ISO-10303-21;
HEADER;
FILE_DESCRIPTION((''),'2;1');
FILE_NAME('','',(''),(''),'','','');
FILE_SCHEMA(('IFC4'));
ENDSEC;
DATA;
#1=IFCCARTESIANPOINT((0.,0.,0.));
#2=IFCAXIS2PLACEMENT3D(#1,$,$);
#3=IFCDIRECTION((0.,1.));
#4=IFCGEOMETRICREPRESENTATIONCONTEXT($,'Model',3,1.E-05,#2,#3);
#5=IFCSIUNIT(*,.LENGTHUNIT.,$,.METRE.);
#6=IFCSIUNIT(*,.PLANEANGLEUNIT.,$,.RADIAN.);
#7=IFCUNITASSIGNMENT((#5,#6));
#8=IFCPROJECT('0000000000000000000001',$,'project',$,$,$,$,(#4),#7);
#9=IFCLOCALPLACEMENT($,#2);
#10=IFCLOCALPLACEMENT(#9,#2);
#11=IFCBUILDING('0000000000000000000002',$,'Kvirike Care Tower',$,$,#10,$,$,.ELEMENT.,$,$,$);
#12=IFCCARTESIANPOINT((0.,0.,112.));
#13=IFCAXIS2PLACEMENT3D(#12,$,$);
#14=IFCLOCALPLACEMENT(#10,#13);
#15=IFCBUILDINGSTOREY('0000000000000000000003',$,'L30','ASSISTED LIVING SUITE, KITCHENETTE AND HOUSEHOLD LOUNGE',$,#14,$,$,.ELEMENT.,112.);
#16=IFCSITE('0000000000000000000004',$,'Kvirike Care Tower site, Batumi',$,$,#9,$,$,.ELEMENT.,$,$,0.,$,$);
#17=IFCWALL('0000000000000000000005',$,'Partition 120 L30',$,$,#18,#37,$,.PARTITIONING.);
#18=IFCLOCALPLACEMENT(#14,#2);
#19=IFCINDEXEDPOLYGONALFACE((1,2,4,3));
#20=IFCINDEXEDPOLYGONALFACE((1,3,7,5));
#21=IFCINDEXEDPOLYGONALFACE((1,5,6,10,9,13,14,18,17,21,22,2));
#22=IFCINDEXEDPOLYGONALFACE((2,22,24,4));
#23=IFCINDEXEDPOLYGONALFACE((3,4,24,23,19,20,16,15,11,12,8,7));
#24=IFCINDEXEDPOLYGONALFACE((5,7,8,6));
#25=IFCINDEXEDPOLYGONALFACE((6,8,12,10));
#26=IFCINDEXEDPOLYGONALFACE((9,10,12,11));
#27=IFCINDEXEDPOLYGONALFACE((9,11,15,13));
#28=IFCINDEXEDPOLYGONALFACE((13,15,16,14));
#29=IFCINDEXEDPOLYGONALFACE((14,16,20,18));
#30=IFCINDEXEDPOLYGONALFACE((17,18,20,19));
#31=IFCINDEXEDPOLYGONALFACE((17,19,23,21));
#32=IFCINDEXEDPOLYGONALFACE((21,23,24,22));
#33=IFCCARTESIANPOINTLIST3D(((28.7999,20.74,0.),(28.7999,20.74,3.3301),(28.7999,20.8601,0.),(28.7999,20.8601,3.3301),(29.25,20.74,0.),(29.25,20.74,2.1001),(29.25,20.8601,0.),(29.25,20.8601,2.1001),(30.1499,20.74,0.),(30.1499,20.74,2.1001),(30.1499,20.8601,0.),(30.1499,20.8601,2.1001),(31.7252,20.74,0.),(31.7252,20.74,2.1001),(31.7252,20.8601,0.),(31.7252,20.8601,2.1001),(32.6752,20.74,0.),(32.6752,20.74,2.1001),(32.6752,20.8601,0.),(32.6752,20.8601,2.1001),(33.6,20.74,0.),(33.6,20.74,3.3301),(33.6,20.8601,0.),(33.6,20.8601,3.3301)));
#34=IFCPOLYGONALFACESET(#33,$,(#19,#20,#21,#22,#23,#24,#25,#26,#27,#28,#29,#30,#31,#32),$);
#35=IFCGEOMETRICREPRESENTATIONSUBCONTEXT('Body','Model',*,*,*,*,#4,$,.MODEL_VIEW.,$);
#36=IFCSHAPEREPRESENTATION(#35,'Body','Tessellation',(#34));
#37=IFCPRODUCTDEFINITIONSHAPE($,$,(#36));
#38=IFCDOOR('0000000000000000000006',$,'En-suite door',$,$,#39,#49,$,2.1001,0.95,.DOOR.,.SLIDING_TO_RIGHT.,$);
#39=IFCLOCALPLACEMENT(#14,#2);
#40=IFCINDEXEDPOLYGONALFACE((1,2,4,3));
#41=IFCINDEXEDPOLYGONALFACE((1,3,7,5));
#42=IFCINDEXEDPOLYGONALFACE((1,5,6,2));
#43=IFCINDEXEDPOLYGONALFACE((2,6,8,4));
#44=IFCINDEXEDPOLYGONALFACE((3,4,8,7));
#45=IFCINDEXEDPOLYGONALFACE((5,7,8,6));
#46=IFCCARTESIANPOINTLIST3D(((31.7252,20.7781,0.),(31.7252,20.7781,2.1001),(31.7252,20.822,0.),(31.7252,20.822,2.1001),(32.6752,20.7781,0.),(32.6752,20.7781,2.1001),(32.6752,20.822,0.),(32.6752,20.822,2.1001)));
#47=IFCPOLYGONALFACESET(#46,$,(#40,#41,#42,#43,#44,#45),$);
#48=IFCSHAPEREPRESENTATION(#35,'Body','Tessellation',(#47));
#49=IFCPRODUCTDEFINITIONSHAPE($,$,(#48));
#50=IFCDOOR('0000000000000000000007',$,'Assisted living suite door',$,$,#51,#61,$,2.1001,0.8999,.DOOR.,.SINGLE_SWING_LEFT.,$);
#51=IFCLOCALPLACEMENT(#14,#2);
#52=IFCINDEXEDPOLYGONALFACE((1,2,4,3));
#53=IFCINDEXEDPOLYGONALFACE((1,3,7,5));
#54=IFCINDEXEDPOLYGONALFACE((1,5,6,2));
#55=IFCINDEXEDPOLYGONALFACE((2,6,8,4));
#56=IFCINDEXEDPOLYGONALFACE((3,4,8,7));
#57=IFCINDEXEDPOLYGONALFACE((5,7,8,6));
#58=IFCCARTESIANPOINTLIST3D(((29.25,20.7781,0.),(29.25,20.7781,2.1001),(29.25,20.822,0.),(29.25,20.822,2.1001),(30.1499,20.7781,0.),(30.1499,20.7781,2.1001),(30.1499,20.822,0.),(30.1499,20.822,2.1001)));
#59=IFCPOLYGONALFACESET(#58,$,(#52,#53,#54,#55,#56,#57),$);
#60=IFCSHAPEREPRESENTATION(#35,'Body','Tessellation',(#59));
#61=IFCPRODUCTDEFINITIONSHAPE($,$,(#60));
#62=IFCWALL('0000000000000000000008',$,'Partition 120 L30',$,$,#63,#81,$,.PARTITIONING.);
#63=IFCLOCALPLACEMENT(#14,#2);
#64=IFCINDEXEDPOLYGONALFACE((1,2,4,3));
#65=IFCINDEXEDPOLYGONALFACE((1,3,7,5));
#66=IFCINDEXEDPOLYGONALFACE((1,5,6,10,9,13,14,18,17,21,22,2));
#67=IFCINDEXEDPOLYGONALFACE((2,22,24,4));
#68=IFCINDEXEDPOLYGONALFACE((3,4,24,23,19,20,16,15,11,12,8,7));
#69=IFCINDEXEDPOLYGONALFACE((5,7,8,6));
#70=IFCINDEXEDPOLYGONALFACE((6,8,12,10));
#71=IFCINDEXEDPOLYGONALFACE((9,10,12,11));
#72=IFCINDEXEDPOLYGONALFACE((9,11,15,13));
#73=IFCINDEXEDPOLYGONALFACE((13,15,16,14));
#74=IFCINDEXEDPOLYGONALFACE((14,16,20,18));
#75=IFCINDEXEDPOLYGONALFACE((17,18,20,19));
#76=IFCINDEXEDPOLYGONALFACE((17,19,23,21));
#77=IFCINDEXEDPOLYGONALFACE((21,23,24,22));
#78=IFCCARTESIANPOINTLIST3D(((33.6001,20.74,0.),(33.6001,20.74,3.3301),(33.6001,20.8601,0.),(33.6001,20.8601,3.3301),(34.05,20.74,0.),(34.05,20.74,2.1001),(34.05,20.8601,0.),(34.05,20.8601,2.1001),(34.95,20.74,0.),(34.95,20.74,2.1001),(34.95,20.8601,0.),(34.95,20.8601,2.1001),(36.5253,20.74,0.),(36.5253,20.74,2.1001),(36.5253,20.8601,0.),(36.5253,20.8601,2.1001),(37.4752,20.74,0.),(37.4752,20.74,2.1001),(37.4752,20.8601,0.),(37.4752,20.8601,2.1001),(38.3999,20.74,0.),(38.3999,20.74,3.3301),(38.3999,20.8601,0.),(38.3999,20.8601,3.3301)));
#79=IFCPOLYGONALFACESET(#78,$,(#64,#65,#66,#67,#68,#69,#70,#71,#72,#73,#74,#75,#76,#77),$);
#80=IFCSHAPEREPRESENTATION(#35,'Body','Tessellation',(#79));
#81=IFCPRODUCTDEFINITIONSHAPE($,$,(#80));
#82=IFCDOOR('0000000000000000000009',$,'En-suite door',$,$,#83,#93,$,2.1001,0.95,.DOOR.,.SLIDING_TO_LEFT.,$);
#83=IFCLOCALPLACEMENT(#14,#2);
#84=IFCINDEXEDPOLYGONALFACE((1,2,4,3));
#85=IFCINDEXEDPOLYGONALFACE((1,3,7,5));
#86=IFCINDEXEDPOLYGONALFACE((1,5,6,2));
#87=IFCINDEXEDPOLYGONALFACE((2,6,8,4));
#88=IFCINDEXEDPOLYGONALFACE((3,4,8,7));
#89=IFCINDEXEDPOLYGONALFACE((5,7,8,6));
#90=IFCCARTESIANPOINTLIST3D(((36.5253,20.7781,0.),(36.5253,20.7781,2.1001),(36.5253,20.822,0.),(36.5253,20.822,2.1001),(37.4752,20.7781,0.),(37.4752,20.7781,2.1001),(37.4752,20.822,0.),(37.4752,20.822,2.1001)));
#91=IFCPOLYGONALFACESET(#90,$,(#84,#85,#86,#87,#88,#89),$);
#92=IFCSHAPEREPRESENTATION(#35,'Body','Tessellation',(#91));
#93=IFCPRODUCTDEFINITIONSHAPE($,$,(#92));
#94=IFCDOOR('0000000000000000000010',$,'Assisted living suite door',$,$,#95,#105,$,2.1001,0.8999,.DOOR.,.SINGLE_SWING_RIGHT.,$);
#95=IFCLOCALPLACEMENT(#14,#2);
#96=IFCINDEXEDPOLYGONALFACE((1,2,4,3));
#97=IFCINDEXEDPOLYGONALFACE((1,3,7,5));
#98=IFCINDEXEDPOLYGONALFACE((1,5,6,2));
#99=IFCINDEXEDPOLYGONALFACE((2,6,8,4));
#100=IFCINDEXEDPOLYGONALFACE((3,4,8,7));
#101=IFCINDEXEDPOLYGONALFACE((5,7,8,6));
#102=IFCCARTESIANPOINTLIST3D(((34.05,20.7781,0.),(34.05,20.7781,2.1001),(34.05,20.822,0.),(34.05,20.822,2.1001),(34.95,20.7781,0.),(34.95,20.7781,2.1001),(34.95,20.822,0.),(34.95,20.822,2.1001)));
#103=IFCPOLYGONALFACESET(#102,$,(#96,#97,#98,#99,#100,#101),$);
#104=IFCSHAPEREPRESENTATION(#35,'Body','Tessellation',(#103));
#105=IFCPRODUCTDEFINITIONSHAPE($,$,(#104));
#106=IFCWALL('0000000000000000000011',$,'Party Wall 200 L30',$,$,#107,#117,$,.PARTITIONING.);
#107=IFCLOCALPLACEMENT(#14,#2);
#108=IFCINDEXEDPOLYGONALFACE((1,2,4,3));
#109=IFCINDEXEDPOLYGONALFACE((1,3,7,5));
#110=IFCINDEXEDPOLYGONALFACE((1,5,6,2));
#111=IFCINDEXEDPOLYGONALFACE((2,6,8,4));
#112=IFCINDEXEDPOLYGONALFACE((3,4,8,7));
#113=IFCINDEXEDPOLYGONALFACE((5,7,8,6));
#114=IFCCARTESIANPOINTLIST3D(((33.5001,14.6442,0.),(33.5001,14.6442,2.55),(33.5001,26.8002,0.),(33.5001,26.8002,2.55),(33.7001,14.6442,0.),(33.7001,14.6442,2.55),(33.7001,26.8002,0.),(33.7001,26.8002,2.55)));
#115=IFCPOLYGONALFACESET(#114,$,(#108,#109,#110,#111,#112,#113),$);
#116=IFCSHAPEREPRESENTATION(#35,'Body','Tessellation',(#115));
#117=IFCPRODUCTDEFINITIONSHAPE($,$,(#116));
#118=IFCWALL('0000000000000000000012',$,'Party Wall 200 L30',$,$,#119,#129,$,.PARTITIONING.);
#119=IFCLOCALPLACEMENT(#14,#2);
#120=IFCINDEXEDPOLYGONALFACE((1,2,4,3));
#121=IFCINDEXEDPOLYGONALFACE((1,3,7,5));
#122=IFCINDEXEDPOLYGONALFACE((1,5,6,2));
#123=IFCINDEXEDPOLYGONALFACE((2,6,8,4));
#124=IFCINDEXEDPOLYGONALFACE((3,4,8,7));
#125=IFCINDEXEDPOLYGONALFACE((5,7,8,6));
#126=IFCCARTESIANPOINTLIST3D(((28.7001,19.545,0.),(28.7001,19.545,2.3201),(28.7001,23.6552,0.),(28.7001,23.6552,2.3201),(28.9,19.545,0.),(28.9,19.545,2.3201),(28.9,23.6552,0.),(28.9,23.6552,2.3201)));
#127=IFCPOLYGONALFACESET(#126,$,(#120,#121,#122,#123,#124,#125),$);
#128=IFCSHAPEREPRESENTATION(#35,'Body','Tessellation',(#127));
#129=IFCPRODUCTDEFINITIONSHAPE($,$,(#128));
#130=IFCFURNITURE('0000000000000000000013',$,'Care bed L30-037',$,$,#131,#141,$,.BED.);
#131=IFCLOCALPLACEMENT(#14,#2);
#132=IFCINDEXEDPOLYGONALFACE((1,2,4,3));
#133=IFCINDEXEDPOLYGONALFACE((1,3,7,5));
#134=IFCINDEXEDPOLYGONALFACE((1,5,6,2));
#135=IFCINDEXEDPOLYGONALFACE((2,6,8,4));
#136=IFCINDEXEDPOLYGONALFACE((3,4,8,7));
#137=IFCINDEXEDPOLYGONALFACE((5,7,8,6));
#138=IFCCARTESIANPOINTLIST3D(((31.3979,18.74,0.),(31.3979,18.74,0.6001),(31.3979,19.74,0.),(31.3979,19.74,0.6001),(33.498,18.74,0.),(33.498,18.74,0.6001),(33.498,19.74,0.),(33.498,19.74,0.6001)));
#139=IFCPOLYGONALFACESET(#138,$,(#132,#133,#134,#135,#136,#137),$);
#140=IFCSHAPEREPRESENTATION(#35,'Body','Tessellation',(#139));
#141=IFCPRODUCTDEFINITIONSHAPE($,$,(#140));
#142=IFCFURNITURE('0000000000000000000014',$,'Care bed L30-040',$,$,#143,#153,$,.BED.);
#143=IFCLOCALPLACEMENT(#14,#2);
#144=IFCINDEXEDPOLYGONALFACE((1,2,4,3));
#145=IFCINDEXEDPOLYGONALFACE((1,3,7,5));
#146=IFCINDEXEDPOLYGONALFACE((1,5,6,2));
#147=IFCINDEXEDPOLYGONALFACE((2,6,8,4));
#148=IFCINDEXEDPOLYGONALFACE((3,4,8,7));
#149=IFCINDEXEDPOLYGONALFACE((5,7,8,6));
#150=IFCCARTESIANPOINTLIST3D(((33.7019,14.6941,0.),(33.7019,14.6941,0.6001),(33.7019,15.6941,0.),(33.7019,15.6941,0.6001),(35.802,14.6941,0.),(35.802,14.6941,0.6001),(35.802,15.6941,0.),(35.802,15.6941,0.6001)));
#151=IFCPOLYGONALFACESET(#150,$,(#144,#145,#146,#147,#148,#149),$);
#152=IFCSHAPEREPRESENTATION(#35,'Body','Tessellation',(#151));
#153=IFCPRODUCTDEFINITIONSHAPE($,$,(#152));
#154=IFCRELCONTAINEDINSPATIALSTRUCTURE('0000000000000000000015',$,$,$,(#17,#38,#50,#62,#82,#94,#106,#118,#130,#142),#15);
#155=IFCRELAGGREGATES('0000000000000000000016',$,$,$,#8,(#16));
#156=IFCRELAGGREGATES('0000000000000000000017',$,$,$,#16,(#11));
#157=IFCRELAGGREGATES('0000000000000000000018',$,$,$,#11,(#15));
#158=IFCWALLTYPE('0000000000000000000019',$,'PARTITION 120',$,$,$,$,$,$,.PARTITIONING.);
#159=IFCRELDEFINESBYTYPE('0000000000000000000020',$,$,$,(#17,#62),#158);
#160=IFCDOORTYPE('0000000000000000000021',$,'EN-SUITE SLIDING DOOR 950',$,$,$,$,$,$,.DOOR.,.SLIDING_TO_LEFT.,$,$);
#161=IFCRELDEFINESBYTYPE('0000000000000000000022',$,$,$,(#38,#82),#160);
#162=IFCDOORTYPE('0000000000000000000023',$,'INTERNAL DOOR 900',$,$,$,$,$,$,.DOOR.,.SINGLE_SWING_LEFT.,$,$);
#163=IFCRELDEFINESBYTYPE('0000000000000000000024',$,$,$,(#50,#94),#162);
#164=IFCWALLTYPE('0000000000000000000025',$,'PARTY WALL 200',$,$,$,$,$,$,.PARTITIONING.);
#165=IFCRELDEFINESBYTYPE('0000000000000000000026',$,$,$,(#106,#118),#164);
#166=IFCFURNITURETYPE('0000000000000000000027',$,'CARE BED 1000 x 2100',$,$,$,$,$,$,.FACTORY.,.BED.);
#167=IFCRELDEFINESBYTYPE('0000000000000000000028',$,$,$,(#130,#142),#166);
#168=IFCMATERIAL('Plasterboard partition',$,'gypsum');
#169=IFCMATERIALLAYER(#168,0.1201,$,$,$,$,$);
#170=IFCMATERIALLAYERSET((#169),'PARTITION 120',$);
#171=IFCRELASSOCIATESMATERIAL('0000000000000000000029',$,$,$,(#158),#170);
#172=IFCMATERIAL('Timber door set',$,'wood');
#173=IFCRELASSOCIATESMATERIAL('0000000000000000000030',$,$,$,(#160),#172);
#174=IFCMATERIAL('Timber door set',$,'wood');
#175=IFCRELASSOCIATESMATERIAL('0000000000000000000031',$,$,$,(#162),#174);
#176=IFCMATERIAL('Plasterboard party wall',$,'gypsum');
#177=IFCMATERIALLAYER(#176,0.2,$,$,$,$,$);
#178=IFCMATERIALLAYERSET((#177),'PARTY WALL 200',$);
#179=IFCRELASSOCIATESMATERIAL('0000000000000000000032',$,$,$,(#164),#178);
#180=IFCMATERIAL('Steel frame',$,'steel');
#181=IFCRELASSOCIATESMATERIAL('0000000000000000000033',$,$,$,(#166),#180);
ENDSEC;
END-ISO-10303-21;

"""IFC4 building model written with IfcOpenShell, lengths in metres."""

from ifc_helpers import new_model, si_unit, direction, frame, frame_2d, origin, origin_2d, place, context, subcontext, project, spatial, rectangle, extrude, material, layer, layer_set, type_object, element, fill, save


model = new_model("IFC4")

# Units and contexts
model_context = context("Model", 3, precision=1e-05, world=origin(), true_north=direction((0.0, 1.0)))
body_context = subcontext(model_context, "Body", "Model", "MODEL_VIEW")
ifc_project = project(units=[si_unit("LENGTHUNIT", "METRE"), si_unit("PLANEANGLEUNIT", "RADIAN")], contexts=[model_context])

# Site, building, storey
site_placement = place(None, origin())
site = spatial("IfcSite", under=ifc_project, at=site_placement, Name="Kvirike Care Tower site, Batumi", CompositionType="ELEMENT", RefElevation=0.0)
building_placement = place(site_placement, origin())
building = spatial("IfcBuilding", under=site, at=building_placement, Name="Kvirike Care Tower", CompositionType="ELEMENT")
storey_placement = place(building_placement, frame((0.0, 0.0, 112.0)))
storey = spatial("IfcBuildingStorey", under=building, at=storey_placement, Name="L30", Description="ASSISTED LIVING SUITE, KITCHENETTE AND HOUSEHOLD LOUNGE", CompositionType="ELEMENT", Elevation=112.0)

# Walls, openings, doors
ifc_material_1 = material(Name="Plasterboard partition", Category="gypsum")
ifc_layer_1 = layer(ifc_material_1, 0.1201)
ifc_layer_set_1 = layer_set([ifc_layer_1], Name="PARTITION 120")
wall_type_1 = type_object("IfcWallType", Name="PARTITION 120", PredefinedType="PARTITIONING", material=ifc_layer_set_1)
wall_1_placement = place(storey_placement, frame((28.8, 20.8, 0.0), z_axis=(0.0, 0.0, 1.0), x_axis=(1.0, 0.0, 0.0)))
wall_1 = element("IfcWall", 1, at=wall_1_placement, inside=storey, type_object=wall_type_1, Name="Partition 120 L30", PredefinedType="PARTITIONING", context=body_context, shape_type="SweptSolid", body=[
    extrude(rectangle(XDim=4.8, YDim=0.1201, at=frame_2d((2.3999, 0.0))), origin(), (0.0, 0.0, 1.0), 3.3301),
])
opening_1_placement = place(wall_1_placement, frame((0.45, 0.0, 0.0)))
opening_1 = element("IfcOpeningElement", 2, at=opening_1_placement, cuts=wall_1, PredefinedType="OPENING", context=body_context, shape_type="SweptSolid", body=[
    extrude(rectangle(XDim=0.8999, YDim=2.1001, at=frame_2d((0.45, 1.05))), frame((0.0, 0.0706, 0.0), z_axis=(0.0, -1.0, 0.0), x_axis=(1.0, 0.0, 0.0)), (0.0, 0.0, 1.0), 0.1411),
])
opening_2_placement = place(wall_1_placement, frame((2.925, 0.0, 0.0)))
opening_2 = element("IfcOpeningElement", 3, at=opening_2_placement, cuts=wall_1, PredefinedType="OPENING", context=body_context, shape_type="SweptSolid", body=[
    extrude(rectangle(XDim=0.95, YDim=2.1001, at=frame_2d((0.4751, 1.05))), frame((0.0, 0.0706, 0.0), z_axis=(0.0, -1.0, 0.0), x_axis=(1.0, 0.0, 0.0)), (0.0, 0.0, 1.0), 0.1411),
])
ifc_material_2 = material(Name="Timber door set", Category="wood")
door_type_1 = type_object("IfcDoorType", Name="EN-SUITE SLIDING DOOR 950", OperationType="SLIDING_TO_LEFT", PredefinedType="DOOR", material=ifc_material_2)
door_1_placement = place(opening_2_placement, origin())
door_1 = element("IfcDoor", 4, at=door_1_placement, inside=storey, type_object=door_type_1, Name="En-suite door", OperationType="SLIDING_TO_RIGHT", OverallHeight=2.1001, OverallWidth=0.95, PredefinedType="DOOR", context=body_context, shape_type="SweptSolid", body=[
    extrude(rectangle(XDim=0.95, YDim=2.1001, at=frame_2d((0.4751, 1.05))), frame((0.0, 0.022, 0.0), z_axis=(0.0, -1.0, 0.0), x_axis=(1.0, 0.0, 0.0)), (0.0, 0.0, 1.0), 0.0439),
])
fill(opening_2, door_1)
ifc_material_3 = material(Name="Timber door set", Category="wood")
door_type_2 = type_object("IfcDoorType", Name="INTERNAL DOOR 900", OperationType="SINGLE_SWING_LEFT", PredefinedType="DOOR", material=ifc_material_3)
door_2_placement = place(opening_1_placement, origin())
door_2 = element("IfcDoor", 5, at=door_2_placement, inside=storey, type_object=door_type_2, Name="Assisted living suite door", OperationType="SINGLE_SWING_LEFT", OverallHeight=2.1001, OverallWidth=0.8999, PredefinedType="DOOR", context=body_context, shape_type="SweptSolid", body=[
    extrude(rectangle(XDim=0.8999, YDim=2.1001, at=frame_2d((0.45, 1.05))), frame((0.0, 0.022, 0.0), z_axis=(0.0, -1.0, 0.0), x_axis=(1.0, 0.0, 0.0)), (0.0, 0.0, 1.0), 0.0439),
])
fill(opening_1, door_2)
wall_2_placement = place(storey_placement, frame((33.6001, 20.8, 0.0), z_axis=(0.0, 0.0, 1.0), x_axis=(1.0, 0.0, 0.0)))
wall_2 = element("IfcWall", 6, at=wall_2_placement, inside=storey, type_object=wall_type_1, Name="Partition 120 L30", PredefinedType="PARTITIONING", context=body_context, shape_type="SweptSolid", body=[
    extrude(rectangle(XDim=4.7998, YDim=0.1201, at=frame_2d((2.3999, 0.0))), origin(), (0.0, 0.0, 1.0), 3.3301),
])
opening_3_placement = place(wall_2_placement, frame((0.45, 0.0, 0.0)))
opening_3 = element("IfcOpeningElement", 7, at=opening_3_placement, cuts=wall_2, PredefinedType="OPENING", context=body_context, shape_type="SweptSolid", body=[
    extrude(rectangle(XDim=0.8999, YDim=2.1001, at=frame_2d((0.45, 1.05))), frame((0.0, 0.0706, 0.0), z_axis=(0.0, -1.0, 0.0), x_axis=(1.0, 0.0, 0.0)), (0.0, 0.0, 1.0), 0.1411),
])
opening_4_placement = place(wall_2_placement, frame((2.925, 0.0, 0.0)))
opening_4 = element("IfcOpeningElement", 8, at=opening_4_placement, cuts=wall_2, PredefinedType="OPENING", context=body_context, shape_type="SweptSolid", body=[
    extrude(rectangle(XDim=0.95, YDim=2.1001, at=frame_2d((0.4751, 1.05))), frame((0.0, 0.0706, 0.0), z_axis=(0.0, -1.0, 0.0), x_axis=(1.0, 0.0, 0.0)), (0.0, 0.0, 1.0), 0.1411),
])
door_3_placement = place(opening_4_placement, origin())
door_3 = element("IfcDoor", 9, at=door_3_placement, inside=storey, type_object=door_type_1, Name="En-suite door", OperationType="SLIDING_TO_LEFT", OverallHeight=2.1001, OverallWidth=0.95, PredefinedType="DOOR", context=body_context, shape_type="SweptSolid", body=[
    extrude(rectangle(XDim=0.95, YDim=2.1001, at=frame_2d((0.4751, 1.05))), frame((0.0, 0.022, 0.0), z_axis=(0.0, -1.0, 0.0), x_axis=(1.0, 0.0, 0.0)), (0.0, 0.0, 1.0), 0.0439),
])
fill(opening_4, door_3)
door_4_placement = place(opening_3_placement, origin())
door_4 = element("IfcDoor", 10, at=door_4_placement, inside=storey, type_object=door_type_2, Name="Assisted living suite door", OperationType="SINGLE_SWING_RIGHT", OverallHeight=2.1001, OverallWidth=0.8999, PredefinedType="DOOR", context=body_context, shape_type="SweptSolid", body=[
    extrude(rectangle(XDim=0.8999, YDim=2.1001, at=frame_2d((0.45, 1.05))), frame((0.0, 0.022, 0.0), z_axis=(0.0, -1.0, 0.0), x_axis=(1.0, 0.0, 0.0)), (0.0, 0.0, 1.0), 0.0439),
])
fill(opening_3, door_4)

# Walls
ifc_material_4 = material(Name="Plasterboard party wall", Category="gypsum")
ifc_layer_2 = layer(ifc_material_4, 0.2)
ifc_layer_set_2 = layer_set([ifc_layer_2], Name="PARTY WALL 200")
wall_type_2 = type_object("IfcWallType", Name="PARTY WALL 200", PredefinedType="PARTITIONING", material=ifc_layer_set_2)
wall_3_placement = place(storey_placement, frame((33.6001, 14.644, 0.0), z_axis=(0.0, 0.0, 1.0), x_axis=(0.0, 1.0, 0.0)))
element("IfcWall", 11, at=wall_3_placement, inside=storey, type_object=wall_type_2, Name="Party Wall 200 L30", PredefinedType="PARTITIONING", context=body_context, shape_type="SweptSolid", body=[
    extrude(rectangle(XDim=12.156, YDim=0.2, at=frame_2d((6.0781, 0.0))), origin(), (0.0, 0.0, 1.0), 2.55),
])
wall_4_placement = place(storey_placement, frame((28.8, 19.5449, 0.0), z_axis=(0.0, 0.0, 1.0), x_axis=(0.0, 1.0, 0.0)))
element("IfcWall", 12, at=wall_4_placement, inside=storey, type_object=wall_type_2, Name="Party Wall 200 L30", PredefinedType="PARTITIONING", context=body_context, shape_type="SweptSolid", body=[
    extrude(rectangle(XDim=4.1101, YDim=0.2, at=frame_2d((2.0552, 0.0))), origin(), (0.0, 0.0, 1.0), 2.3201),
])

# Furniture
ifc_material_5 = material(Name="Steel frame", Category="steel")
furniture_type = type_object("IfcFurnitureType", Name="CARE BED 1000 x 2100", AssemblyPlace="FACTORY", PredefinedType="BED", material=ifc_material_5)
for number, where, z_axis, x_axis, name in (
    (13, (32.448, 19.24, 0.0), (0.0, 0.0, 1.0), (0.0, -1.0, 0.0), "Care bed L30-037"),
    (14, (34.752, 15.1941, 0.0), (0.0, 0.0, 1.0), (0.0, 1.0, 0.0), "Care bed L30-040"),
):
    element("IfcFurniture", number, at=place(storey_placement, frame(where, z_axis=z_axis, x_axis=x_axis)), inside=storey, type_object=furniture_type, Name=name, PredefinedType="BED", context=body_context, shape_type="SweptSolid", body=[
        extrude(rectangle(XDim=1.0, YDim=2.1001, at=origin_2d()), origin(), (0.0, 0.0, 1.0), 0.6001),
    ])

save(model, "model.ifc")
